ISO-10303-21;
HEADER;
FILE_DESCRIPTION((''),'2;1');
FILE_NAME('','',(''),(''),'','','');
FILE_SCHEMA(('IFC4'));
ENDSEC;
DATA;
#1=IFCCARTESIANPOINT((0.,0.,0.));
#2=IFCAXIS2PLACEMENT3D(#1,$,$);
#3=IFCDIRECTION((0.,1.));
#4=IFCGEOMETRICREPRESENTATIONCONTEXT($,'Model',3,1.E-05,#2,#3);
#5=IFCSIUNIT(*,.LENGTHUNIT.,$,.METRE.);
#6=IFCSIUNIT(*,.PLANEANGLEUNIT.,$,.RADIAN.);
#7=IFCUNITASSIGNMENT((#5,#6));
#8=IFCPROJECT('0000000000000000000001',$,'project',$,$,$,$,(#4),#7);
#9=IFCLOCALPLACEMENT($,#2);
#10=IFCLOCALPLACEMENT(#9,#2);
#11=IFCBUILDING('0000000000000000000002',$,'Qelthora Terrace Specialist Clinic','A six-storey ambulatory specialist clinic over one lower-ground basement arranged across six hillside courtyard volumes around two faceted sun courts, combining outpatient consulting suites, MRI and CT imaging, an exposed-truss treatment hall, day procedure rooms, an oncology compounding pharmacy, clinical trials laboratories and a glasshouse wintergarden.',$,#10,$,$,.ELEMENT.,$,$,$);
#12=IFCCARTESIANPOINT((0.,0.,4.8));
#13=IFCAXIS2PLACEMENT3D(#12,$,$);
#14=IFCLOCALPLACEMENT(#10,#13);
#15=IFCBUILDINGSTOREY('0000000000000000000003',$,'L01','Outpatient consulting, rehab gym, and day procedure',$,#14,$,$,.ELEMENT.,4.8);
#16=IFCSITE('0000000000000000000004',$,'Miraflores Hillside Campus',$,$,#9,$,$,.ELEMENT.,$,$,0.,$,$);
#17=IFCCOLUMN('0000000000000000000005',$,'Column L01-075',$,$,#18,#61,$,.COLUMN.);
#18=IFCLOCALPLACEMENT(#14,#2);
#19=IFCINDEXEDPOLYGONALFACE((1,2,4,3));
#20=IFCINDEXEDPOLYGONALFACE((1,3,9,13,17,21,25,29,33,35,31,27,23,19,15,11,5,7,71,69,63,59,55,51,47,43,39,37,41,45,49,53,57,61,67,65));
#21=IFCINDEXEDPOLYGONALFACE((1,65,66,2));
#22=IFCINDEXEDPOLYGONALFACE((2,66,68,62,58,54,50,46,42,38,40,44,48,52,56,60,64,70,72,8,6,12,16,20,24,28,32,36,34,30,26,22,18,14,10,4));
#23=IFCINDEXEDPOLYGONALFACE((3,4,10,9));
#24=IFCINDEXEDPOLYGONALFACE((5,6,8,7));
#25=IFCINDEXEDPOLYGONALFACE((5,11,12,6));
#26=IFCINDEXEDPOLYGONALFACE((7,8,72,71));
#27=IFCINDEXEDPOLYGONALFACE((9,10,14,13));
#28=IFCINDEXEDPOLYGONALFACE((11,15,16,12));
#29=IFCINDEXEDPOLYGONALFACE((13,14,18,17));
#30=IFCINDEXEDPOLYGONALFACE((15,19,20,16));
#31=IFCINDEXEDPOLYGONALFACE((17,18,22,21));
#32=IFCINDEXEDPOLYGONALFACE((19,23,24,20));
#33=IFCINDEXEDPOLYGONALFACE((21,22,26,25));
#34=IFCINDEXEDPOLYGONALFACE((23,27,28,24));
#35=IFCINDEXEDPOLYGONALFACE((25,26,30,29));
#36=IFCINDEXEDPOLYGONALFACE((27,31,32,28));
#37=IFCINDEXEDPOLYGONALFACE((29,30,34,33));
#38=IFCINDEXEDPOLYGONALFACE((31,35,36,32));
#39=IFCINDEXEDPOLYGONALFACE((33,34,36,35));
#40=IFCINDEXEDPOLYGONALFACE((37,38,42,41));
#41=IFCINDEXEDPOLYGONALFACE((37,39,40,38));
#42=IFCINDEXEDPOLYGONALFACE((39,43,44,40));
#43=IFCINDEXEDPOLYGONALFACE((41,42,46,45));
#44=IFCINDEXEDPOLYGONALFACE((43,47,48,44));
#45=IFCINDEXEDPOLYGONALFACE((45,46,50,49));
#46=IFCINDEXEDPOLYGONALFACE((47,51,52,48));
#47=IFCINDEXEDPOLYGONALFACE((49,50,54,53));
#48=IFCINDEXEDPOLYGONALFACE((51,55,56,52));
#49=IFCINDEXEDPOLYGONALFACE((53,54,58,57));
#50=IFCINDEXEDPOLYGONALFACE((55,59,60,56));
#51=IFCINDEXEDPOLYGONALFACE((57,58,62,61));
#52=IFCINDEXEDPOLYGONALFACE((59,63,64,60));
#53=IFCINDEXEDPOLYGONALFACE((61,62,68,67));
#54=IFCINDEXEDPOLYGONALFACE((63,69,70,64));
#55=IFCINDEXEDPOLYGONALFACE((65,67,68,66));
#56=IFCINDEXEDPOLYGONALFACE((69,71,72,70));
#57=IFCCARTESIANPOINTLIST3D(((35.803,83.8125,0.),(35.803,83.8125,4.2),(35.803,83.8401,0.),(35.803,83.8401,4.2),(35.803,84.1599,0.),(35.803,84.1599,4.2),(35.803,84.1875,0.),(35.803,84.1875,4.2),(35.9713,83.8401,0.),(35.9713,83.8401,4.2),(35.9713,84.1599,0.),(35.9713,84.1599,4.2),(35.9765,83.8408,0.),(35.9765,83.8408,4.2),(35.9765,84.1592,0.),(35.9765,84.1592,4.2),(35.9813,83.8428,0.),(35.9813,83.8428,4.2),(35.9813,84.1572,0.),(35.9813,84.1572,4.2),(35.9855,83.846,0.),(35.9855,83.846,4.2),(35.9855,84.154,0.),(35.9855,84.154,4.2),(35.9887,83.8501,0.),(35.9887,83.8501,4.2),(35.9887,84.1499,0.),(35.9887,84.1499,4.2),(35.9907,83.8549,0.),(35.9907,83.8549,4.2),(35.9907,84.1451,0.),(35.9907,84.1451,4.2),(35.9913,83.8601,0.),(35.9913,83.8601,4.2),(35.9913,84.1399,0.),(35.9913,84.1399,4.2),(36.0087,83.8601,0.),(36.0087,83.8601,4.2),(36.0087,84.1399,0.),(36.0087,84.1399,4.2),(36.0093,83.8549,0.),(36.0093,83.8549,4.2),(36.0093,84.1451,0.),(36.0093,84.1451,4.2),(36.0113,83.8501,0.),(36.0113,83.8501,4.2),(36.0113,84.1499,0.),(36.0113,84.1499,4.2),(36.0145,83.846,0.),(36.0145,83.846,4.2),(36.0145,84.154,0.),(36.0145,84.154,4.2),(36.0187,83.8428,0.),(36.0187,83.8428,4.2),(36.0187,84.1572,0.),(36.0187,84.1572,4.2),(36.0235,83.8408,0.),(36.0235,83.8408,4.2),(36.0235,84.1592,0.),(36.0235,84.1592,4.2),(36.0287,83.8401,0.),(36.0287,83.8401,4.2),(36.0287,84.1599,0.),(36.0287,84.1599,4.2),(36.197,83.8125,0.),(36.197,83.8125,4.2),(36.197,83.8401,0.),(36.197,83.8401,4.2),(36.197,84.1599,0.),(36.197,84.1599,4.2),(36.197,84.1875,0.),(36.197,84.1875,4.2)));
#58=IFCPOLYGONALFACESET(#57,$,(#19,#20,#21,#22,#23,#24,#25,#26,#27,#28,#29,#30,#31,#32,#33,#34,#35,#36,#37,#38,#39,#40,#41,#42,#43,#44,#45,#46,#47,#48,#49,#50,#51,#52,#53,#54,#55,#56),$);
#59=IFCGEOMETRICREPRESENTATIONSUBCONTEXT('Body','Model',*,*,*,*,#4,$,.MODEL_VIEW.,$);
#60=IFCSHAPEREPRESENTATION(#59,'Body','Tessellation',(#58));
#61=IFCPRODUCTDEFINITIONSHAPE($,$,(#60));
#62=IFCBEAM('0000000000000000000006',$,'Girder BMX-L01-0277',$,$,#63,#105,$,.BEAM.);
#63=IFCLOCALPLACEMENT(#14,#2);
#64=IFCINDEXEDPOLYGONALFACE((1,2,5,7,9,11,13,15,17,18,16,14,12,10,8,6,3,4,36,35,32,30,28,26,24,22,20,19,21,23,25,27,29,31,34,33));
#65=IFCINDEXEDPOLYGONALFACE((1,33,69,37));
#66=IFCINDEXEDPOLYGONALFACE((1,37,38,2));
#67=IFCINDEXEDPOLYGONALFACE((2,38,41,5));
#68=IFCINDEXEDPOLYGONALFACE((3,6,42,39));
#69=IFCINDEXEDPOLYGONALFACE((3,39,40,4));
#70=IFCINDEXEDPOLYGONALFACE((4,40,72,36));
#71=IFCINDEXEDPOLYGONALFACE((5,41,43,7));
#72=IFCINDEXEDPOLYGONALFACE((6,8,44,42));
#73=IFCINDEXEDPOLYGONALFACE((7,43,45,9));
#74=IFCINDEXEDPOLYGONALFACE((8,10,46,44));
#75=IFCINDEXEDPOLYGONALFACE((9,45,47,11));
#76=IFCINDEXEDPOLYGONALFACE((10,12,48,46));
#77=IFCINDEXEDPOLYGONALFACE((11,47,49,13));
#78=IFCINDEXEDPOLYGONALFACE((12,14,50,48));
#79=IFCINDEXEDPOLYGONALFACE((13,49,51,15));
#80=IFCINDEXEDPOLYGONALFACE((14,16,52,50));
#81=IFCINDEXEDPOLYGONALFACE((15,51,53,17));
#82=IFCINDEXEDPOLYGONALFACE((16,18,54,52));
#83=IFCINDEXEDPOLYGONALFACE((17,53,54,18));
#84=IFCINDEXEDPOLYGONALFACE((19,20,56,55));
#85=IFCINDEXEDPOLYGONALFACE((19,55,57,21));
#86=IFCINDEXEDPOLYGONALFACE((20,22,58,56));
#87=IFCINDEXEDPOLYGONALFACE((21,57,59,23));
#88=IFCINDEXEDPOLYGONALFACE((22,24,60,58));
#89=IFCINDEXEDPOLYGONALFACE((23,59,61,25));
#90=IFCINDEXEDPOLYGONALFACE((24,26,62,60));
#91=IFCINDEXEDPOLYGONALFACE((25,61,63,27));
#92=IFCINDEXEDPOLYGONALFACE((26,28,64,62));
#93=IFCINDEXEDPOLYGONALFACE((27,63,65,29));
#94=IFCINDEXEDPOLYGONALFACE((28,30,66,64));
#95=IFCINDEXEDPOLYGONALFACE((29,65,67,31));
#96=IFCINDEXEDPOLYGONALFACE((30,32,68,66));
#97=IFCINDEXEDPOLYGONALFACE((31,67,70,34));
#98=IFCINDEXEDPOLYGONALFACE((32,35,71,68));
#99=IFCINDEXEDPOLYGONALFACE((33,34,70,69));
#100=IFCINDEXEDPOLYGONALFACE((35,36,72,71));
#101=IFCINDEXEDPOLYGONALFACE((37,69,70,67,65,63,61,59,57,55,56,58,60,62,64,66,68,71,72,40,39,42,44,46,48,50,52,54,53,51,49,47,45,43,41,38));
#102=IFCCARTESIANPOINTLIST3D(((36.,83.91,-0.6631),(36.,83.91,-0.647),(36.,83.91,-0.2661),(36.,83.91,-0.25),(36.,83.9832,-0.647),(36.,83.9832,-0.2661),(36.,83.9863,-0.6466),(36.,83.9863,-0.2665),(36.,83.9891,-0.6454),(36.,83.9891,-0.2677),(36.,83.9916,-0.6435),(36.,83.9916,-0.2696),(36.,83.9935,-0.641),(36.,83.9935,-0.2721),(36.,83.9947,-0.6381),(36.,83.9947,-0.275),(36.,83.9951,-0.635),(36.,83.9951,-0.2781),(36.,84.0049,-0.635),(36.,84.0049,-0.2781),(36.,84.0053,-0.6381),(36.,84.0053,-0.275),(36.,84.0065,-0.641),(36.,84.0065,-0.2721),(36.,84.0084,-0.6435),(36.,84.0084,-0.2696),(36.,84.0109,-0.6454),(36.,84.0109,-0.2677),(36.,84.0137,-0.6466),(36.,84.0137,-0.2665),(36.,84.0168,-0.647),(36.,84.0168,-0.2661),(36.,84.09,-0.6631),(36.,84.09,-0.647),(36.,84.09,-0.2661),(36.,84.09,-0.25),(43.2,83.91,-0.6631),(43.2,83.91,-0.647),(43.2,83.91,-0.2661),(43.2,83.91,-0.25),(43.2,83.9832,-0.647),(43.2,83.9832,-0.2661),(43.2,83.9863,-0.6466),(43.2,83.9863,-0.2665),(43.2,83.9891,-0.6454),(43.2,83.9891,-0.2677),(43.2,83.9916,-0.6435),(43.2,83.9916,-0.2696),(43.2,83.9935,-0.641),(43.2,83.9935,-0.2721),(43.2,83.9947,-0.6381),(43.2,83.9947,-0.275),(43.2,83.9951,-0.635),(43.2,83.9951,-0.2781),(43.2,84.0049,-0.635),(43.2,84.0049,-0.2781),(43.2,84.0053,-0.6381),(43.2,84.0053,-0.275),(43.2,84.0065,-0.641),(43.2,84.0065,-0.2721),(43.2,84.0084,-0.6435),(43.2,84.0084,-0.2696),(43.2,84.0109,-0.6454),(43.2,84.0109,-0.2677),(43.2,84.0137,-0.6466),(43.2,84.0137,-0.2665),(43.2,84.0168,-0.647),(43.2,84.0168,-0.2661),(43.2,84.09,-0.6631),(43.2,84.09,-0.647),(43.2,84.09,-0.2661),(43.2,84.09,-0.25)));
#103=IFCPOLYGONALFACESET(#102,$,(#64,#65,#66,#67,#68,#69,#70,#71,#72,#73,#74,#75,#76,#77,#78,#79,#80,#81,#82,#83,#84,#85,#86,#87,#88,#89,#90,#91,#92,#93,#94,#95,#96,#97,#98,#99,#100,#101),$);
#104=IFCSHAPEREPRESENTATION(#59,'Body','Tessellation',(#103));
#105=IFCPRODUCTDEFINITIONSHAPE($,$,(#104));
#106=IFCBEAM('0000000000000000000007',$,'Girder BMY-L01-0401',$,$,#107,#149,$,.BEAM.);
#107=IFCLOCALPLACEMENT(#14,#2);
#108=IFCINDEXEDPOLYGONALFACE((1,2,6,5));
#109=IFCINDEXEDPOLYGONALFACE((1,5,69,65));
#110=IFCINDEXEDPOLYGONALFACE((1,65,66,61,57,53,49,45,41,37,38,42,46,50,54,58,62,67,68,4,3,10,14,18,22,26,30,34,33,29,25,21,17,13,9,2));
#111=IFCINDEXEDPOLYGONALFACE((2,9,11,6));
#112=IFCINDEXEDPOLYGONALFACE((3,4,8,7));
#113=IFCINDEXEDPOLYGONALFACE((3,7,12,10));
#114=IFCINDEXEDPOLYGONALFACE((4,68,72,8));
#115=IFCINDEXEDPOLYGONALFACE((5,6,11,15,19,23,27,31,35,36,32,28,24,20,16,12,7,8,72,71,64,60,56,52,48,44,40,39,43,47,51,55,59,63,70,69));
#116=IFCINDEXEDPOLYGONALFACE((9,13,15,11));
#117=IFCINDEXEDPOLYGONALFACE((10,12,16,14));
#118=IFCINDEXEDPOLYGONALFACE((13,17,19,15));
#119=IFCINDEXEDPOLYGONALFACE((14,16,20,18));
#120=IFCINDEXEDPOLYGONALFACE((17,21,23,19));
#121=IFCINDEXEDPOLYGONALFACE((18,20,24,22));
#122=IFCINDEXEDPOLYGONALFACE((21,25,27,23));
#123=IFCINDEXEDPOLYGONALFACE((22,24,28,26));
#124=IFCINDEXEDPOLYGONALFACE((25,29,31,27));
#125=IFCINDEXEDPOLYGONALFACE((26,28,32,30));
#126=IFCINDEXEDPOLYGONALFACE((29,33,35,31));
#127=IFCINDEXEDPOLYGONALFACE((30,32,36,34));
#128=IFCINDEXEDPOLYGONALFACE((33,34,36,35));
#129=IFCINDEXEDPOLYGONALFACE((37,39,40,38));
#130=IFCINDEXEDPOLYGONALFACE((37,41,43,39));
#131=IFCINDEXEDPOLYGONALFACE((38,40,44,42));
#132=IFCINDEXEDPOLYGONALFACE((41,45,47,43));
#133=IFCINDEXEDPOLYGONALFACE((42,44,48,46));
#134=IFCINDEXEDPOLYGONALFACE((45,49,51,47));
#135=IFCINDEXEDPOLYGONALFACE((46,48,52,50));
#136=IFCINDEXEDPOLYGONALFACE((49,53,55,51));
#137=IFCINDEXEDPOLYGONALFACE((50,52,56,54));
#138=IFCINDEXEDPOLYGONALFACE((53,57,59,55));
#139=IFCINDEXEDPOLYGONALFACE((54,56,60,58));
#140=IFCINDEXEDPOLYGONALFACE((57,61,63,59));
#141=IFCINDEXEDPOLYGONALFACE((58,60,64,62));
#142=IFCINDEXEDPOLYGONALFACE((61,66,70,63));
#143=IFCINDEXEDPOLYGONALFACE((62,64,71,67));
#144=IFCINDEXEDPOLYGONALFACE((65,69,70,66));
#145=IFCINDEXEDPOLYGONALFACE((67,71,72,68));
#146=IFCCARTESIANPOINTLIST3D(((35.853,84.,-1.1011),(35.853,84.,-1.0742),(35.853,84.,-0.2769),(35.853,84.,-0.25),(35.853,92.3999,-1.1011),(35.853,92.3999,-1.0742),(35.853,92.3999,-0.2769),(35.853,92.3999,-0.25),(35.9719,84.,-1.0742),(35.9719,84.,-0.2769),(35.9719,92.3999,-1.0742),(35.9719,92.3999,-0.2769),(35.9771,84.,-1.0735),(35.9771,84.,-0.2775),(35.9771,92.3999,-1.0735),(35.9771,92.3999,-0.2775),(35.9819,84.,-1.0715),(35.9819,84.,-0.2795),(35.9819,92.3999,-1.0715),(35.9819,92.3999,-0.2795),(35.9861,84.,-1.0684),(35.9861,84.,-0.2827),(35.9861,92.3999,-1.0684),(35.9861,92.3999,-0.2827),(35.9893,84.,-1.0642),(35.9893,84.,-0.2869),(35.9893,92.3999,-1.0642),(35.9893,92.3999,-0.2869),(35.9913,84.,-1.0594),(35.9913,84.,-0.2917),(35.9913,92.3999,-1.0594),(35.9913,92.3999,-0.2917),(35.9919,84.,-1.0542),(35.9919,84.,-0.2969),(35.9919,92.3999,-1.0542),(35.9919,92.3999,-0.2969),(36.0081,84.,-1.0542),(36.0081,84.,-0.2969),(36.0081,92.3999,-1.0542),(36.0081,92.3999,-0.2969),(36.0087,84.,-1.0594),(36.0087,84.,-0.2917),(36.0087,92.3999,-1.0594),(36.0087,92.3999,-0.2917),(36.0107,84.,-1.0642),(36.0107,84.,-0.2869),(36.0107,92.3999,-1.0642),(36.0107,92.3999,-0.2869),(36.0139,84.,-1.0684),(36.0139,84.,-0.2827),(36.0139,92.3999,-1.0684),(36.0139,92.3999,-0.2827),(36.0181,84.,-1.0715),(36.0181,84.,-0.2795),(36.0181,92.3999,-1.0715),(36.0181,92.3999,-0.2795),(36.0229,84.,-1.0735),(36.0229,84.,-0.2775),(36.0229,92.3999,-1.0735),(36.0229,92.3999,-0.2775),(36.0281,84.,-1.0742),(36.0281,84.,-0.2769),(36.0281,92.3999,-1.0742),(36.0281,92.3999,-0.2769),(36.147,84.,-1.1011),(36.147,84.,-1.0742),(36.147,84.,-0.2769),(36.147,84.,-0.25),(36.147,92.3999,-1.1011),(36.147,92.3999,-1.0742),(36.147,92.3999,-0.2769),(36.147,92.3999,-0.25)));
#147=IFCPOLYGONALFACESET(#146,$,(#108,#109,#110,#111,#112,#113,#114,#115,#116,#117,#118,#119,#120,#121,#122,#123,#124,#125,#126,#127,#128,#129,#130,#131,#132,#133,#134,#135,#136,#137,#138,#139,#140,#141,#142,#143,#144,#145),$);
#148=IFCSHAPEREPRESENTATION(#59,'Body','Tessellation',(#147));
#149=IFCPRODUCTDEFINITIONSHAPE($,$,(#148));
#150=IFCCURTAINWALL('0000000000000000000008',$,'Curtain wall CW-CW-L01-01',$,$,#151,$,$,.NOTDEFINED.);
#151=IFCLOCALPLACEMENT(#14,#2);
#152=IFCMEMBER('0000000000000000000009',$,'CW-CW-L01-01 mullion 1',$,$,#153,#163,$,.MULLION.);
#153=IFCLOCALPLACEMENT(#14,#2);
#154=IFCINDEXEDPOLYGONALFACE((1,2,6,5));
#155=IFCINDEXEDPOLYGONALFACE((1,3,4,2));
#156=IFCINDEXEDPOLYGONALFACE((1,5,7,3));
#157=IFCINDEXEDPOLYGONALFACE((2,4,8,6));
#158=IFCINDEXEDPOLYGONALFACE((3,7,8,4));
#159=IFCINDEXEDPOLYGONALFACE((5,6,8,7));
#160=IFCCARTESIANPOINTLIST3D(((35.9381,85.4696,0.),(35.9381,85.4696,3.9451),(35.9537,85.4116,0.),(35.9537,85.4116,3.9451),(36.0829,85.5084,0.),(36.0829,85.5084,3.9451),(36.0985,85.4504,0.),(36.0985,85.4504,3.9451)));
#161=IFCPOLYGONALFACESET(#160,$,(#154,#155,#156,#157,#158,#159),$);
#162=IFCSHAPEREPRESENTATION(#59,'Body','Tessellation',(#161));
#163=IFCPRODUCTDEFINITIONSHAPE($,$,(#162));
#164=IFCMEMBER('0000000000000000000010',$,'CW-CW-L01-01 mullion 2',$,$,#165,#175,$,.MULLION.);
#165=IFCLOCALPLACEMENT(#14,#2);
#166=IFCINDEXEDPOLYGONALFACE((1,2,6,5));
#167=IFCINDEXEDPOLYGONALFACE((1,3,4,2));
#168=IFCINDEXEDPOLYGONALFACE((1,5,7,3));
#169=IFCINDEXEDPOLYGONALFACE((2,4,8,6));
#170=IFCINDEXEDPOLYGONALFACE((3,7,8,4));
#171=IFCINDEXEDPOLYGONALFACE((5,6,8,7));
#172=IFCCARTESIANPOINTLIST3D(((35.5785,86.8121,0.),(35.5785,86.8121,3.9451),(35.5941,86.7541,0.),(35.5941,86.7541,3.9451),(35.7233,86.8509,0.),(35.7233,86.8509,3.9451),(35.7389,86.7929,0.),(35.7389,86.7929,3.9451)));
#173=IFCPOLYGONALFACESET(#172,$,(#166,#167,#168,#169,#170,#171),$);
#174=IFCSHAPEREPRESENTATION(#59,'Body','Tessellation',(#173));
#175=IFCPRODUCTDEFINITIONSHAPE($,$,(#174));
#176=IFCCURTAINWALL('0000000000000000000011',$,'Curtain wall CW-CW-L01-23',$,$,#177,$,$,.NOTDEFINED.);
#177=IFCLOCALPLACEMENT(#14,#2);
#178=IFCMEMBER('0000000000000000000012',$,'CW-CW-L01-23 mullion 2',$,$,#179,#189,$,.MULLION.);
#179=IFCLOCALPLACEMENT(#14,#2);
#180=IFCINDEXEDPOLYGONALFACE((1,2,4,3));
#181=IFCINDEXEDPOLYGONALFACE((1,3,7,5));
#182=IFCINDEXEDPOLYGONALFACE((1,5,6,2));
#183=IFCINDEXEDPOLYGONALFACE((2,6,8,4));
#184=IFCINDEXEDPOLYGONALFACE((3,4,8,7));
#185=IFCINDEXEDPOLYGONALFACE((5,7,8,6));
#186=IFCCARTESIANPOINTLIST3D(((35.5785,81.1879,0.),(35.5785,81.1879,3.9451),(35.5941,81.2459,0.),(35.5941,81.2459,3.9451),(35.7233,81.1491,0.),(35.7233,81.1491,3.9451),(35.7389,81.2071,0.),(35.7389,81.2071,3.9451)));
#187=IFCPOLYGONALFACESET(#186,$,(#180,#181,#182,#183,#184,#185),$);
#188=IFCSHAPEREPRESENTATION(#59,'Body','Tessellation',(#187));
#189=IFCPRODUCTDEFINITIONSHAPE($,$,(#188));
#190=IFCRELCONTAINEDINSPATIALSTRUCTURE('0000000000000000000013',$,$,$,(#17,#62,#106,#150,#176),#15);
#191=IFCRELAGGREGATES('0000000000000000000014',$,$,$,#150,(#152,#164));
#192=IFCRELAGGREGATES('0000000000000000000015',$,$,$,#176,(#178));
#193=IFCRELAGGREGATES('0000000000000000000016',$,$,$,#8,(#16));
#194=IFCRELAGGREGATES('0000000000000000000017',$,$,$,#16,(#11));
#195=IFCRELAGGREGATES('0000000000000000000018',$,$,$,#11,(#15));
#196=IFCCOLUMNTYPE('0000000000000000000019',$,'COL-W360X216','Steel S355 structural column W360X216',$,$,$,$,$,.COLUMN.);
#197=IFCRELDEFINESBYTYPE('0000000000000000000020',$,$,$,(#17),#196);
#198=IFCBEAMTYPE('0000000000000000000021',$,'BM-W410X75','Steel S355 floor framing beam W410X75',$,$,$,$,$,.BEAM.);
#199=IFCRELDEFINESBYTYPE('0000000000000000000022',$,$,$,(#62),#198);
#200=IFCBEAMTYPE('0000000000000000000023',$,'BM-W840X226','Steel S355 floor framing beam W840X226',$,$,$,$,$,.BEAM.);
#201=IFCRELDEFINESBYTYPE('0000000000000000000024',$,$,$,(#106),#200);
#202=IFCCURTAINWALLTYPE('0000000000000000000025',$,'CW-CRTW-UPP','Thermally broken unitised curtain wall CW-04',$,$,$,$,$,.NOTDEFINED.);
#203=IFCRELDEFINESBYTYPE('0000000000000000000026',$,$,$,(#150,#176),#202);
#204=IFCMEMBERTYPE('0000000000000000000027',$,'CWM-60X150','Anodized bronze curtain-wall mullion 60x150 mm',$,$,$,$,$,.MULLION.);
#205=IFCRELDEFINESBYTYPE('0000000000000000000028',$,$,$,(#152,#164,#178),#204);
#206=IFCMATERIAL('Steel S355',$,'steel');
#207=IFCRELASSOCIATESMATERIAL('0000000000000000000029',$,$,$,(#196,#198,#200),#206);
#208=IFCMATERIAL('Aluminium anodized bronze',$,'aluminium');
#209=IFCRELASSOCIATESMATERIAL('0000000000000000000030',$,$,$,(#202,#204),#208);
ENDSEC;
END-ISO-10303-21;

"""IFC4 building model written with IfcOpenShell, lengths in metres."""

from ifc_helpers import new_model, si_unit, direction, frame, origin, origin_2d, place, context, subcontext, project, spatial, rectangle, i_section, extrude, material, material_profile, profile_set, type_object, element, aggregate, save


model = new_model("IFC4")

# Units and contexts
model_context = context("Model", 3, precision=1e-05, world=origin(), true_north=direction((0.0, 1.0)))
body_context = subcontext(model_context, "Body", "Model", "MODEL_VIEW")
ifc_project = project(units=[si_unit("LENGTHUNIT", "METRE"), si_unit("PLANEANGLEUNIT", "RADIAN")], contexts=[model_context])

# Site, building, storey
site_placement = place(None, origin())
site = spatial("IfcSite", under=ifc_project, at=site_placement, Name="Miraflores Hillside Campus", CompositionType="ELEMENT", RefElevation=0.0)
building_placement = place(site_placement, origin())
building = spatial("IfcBuilding", under=site, at=building_placement, Name="Qelthora Terrace Specialist Clinic", Description="A six-storey ambulatory specialist clinic over one lower-ground basement arranged across six hillside courtyard volumes around two faceted sun courts, combining outpatient consulting suites, MRI and CT imaging, an exposed-truss treatment hall, day procedure rooms, an oncology compounding pharmacy, clinical trials laboratories and a glasshouse wintergarden.", CompositionType="ELEMENT")
storey_placement = place(building_placement, frame((0.0, 0.0, 4.8)))
storey = spatial("IfcBuildingStorey", under=building, at=storey_placement, Name="L01", Description="Outpatient consulting, rehab gym, and day procedure", CompositionType="ELEMENT", Elevation=4.8)

# Column
ifc_material_1 = material(Name="Steel S355", Category="steel")
ifc_material_profile_1 = material_profile(ifc_material_1, i_section(OverallWidth=0.394, OverallDepth=0.375, WebThickness=0.0173, FlangeThickness=0.0276, FilletRadius=0.02, at=origin_2d()), Name="W360X216")
ifc_profile_set_1 = profile_set([ifc_material_profile_1], Name="Steel S355")
column_type = type_object("IfcColumnType", Name="COL-W360X216", Description="Steel S355 structural column W360X216", PredefinedType="COLUMN", material=ifc_profile_set_1)
column_placement = place(storey_placement, frame((36.0, 84.0, 0.0), z_axis=(0.0, 0.0, 1.0), x_axis=(1.0, 0.0, 0.0)))
element("IfcColumn", 1, at=column_placement, inside=storey, type_object=column_type, Name="Column L01-075", PredefinedType="COLUMN", context=body_context, shape_type="SweptSolid", body=[
    extrude(i_section(OverallWidth=0.394, OverallDepth=0.375, WebThickness=0.0173, FlangeThickness=0.0276, FilletRadius=0.02, at=origin_2d()), origin(), (0.0, 0.0, 1.0), 4.2),
])

# Beams
ifc_material_profile_2 = material_profile(ifc_material_1, i_section(OverallWidth=0.1799, OverallDepth=0.4131, WebThickness=0.0098, FlangeThickness=0.0161, FilletRadius=0.012, at=origin_2d()), Name="W410X75")
ifc_profile_set_2 = profile_set([ifc_material_profile_2], Name="Steel S355")
beam_type_1 = type_object("IfcBeamType", Name="BM-W410X75", Description="Steel S355 floor framing beam W410X75", PredefinedType="BEAM", material=ifc_profile_set_2)
beam_1_placement = place(storey_placement, frame((36.0, 84.0, -0.4565), z_axis=(1.0, 0.0, 0.0), x_axis=(0.0, 1.0, 0.0)))
element("IfcBeam", 2, at=beam_1_placement, inside=storey, type_object=beam_type_1, Name="Girder BMX-L01-0277", PredefinedType="BEAM", context=body_context, shape_type="SweptSolid", body=[
    extrude(i_section(OverallWidth=0.1799, OverallDepth=0.4131, WebThickness=0.0098, FlangeThickness=0.0161, FilletRadius=0.012, at=origin_2d()), origin(), (0.0, 0.0, 1.0), 7.2),
])
ifc_material_profile_3 = material_profile(ifc_material_1, i_section(OverallWidth=0.2939, OverallDepth=0.8511, WebThickness=0.0161, FlangeThickness=0.0269, FilletRadius=0.02, at=origin_2d()), Name="W840X226")
ifc_profile_set_3 = profile_set([ifc_material_profile_3], Name="Steel S355")
beam_type_2 = type_object("IfcBeamType", Name="BM-W840X226", Description="Steel S355 floor framing beam W840X226", PredefinedType="BEAM", material=ifc_profile_set_3)
beam_2_placement = place(storey_placement, frame((36.0, 84.0, -0.6755), z_axis=(0.0, 1.0, 0.0), x_axis=(-1.0, 0.0, 0.0)))
element("IfcBeam", 3, at=beam_2_placement, inside=storey, type_object=beam_type_2, Name="Girder BMY-L01-0401", PredefinedType="BEAM", context=body_context, shape_type="SweptSolid", body=[
    extrude(i_section(OverallWidth=0.2939, OverallDepth=0.8511, WebThickness=0.0161, FlangeThickness=0.0269, FilletRadius=0.02, at=origin_2d()), origin(), (0.0, 0.0, 1.0), 8.3999),
])

# Curtain walls, members
ifc_material_2 = material(Name="Aluminium anodized bronze", Category="aluminium")
curtain_wall_type = type_object("IfcCurtainWallType", Name="CW-CRTW-UPP", Description="Thermally broken unitised curtain wall CW-04", PredefinedType="NOTDEFINED", material=ifc_material_2)
curtain_wall_1_placement = place(storey_placement, origin())
curtain_wall_1 = element("IfcCurtainWall", 4, at=curtain_wall_1_placement, inside=storey, type_object=curtain_wall_type, Name="Curtain wall CW-CW-L01-01", PredefinedType="NOTDEFINED")
ifc_material_profile_4 = material_profile(ifc_material_2, rectangle(XDim=0.0601, YDim=0.1499, at=origin_2d()), Name="CWM60X150")
ifc_profile_set_4 = profile_set([ifc_material_profile_4], Name="Aluminium anodized bronze")
member_type_1 = type_object("IfcMemberType", Name="CWM-60X150", Description="Anodized bronze curtain-wall mullion 60x150 mm", PredefinedType="MULLION", material=ifc_profile_set_4)
member_1_placement = place(storey_placement, frame((36.0183, 85.46, 0.0), z_axis=(0.0, 0.0, 1.0), x_axis=(-0.25882, 0.965925, 0.0)))
member_1 = element("IfcMember", 5, at=member_1_placement, type_object=member_type_1, Name="CW-CW-L01-01 mullion 1", PredefinedType="MULLION", context=body_context, shape_type="SweptSolid", body=[
    extrude(rectangle(XDim=0.0601, YDim=0.1499, at=origin_2d()), origin(), (0.0, 0.0, 1.0), 3.9451),
])
member_2_placement = place(storey_placement, frame((35.6587, 86.8025, 0.0), z_axis=(0.0, 0.0, 1.0), x_axis=(-0.25882, 0.965925, 0.0)))
member_2 = element("IfcMember", 6, at=member_2_placement, type_object=member_type_1, Name="CW-CW-L01-01 mullion 2", PredefinedType="MULLION", context=body_context, shape_type="SweptSolid", body=[
    extrude(rectangle(XDim=0.0601, YDim=0.1499, at=origin_2d()), origin(), (0.0, 0.0, 1.0), 3.9451),
])
curtain_wall_2_placement = place(storey_placement, origin())
curtain_wall_2 = element("IfcCurtainWall", 7, at=curtain_wall_2_placement, inside=storey, type_object=curtain_wall_type, Name="Curtain wall CW-CW-L01-23", PredefinedType="NOTDEFINED")
member_3_placement = place(storey_placement, frame((35.6587, 81.1975, 0.0), z_axis=(0.0, 0.0, 1.0), x_axis=(0.25882, 0.965925, 0.0)))
member_3 = element("IfcMember", 8, at=member_3_placement, type_object=member_type_1, Name="CW-CW-L01-23 mullion 2", PredefinedType="MULLION", context=body_context, shape_type="SweptSolid", body=[
    extrude(rectangle(XDim=0.0601, YDim=0.1499, at=origin_2d()), origin(), (0.0, 0.0, 1.0), 3.9451),
])

aggregate(curtain_wall_1, [member_1, member_2])
aggregate(curtain_wall_2, [member_3])

save(model, "model.ifc")
